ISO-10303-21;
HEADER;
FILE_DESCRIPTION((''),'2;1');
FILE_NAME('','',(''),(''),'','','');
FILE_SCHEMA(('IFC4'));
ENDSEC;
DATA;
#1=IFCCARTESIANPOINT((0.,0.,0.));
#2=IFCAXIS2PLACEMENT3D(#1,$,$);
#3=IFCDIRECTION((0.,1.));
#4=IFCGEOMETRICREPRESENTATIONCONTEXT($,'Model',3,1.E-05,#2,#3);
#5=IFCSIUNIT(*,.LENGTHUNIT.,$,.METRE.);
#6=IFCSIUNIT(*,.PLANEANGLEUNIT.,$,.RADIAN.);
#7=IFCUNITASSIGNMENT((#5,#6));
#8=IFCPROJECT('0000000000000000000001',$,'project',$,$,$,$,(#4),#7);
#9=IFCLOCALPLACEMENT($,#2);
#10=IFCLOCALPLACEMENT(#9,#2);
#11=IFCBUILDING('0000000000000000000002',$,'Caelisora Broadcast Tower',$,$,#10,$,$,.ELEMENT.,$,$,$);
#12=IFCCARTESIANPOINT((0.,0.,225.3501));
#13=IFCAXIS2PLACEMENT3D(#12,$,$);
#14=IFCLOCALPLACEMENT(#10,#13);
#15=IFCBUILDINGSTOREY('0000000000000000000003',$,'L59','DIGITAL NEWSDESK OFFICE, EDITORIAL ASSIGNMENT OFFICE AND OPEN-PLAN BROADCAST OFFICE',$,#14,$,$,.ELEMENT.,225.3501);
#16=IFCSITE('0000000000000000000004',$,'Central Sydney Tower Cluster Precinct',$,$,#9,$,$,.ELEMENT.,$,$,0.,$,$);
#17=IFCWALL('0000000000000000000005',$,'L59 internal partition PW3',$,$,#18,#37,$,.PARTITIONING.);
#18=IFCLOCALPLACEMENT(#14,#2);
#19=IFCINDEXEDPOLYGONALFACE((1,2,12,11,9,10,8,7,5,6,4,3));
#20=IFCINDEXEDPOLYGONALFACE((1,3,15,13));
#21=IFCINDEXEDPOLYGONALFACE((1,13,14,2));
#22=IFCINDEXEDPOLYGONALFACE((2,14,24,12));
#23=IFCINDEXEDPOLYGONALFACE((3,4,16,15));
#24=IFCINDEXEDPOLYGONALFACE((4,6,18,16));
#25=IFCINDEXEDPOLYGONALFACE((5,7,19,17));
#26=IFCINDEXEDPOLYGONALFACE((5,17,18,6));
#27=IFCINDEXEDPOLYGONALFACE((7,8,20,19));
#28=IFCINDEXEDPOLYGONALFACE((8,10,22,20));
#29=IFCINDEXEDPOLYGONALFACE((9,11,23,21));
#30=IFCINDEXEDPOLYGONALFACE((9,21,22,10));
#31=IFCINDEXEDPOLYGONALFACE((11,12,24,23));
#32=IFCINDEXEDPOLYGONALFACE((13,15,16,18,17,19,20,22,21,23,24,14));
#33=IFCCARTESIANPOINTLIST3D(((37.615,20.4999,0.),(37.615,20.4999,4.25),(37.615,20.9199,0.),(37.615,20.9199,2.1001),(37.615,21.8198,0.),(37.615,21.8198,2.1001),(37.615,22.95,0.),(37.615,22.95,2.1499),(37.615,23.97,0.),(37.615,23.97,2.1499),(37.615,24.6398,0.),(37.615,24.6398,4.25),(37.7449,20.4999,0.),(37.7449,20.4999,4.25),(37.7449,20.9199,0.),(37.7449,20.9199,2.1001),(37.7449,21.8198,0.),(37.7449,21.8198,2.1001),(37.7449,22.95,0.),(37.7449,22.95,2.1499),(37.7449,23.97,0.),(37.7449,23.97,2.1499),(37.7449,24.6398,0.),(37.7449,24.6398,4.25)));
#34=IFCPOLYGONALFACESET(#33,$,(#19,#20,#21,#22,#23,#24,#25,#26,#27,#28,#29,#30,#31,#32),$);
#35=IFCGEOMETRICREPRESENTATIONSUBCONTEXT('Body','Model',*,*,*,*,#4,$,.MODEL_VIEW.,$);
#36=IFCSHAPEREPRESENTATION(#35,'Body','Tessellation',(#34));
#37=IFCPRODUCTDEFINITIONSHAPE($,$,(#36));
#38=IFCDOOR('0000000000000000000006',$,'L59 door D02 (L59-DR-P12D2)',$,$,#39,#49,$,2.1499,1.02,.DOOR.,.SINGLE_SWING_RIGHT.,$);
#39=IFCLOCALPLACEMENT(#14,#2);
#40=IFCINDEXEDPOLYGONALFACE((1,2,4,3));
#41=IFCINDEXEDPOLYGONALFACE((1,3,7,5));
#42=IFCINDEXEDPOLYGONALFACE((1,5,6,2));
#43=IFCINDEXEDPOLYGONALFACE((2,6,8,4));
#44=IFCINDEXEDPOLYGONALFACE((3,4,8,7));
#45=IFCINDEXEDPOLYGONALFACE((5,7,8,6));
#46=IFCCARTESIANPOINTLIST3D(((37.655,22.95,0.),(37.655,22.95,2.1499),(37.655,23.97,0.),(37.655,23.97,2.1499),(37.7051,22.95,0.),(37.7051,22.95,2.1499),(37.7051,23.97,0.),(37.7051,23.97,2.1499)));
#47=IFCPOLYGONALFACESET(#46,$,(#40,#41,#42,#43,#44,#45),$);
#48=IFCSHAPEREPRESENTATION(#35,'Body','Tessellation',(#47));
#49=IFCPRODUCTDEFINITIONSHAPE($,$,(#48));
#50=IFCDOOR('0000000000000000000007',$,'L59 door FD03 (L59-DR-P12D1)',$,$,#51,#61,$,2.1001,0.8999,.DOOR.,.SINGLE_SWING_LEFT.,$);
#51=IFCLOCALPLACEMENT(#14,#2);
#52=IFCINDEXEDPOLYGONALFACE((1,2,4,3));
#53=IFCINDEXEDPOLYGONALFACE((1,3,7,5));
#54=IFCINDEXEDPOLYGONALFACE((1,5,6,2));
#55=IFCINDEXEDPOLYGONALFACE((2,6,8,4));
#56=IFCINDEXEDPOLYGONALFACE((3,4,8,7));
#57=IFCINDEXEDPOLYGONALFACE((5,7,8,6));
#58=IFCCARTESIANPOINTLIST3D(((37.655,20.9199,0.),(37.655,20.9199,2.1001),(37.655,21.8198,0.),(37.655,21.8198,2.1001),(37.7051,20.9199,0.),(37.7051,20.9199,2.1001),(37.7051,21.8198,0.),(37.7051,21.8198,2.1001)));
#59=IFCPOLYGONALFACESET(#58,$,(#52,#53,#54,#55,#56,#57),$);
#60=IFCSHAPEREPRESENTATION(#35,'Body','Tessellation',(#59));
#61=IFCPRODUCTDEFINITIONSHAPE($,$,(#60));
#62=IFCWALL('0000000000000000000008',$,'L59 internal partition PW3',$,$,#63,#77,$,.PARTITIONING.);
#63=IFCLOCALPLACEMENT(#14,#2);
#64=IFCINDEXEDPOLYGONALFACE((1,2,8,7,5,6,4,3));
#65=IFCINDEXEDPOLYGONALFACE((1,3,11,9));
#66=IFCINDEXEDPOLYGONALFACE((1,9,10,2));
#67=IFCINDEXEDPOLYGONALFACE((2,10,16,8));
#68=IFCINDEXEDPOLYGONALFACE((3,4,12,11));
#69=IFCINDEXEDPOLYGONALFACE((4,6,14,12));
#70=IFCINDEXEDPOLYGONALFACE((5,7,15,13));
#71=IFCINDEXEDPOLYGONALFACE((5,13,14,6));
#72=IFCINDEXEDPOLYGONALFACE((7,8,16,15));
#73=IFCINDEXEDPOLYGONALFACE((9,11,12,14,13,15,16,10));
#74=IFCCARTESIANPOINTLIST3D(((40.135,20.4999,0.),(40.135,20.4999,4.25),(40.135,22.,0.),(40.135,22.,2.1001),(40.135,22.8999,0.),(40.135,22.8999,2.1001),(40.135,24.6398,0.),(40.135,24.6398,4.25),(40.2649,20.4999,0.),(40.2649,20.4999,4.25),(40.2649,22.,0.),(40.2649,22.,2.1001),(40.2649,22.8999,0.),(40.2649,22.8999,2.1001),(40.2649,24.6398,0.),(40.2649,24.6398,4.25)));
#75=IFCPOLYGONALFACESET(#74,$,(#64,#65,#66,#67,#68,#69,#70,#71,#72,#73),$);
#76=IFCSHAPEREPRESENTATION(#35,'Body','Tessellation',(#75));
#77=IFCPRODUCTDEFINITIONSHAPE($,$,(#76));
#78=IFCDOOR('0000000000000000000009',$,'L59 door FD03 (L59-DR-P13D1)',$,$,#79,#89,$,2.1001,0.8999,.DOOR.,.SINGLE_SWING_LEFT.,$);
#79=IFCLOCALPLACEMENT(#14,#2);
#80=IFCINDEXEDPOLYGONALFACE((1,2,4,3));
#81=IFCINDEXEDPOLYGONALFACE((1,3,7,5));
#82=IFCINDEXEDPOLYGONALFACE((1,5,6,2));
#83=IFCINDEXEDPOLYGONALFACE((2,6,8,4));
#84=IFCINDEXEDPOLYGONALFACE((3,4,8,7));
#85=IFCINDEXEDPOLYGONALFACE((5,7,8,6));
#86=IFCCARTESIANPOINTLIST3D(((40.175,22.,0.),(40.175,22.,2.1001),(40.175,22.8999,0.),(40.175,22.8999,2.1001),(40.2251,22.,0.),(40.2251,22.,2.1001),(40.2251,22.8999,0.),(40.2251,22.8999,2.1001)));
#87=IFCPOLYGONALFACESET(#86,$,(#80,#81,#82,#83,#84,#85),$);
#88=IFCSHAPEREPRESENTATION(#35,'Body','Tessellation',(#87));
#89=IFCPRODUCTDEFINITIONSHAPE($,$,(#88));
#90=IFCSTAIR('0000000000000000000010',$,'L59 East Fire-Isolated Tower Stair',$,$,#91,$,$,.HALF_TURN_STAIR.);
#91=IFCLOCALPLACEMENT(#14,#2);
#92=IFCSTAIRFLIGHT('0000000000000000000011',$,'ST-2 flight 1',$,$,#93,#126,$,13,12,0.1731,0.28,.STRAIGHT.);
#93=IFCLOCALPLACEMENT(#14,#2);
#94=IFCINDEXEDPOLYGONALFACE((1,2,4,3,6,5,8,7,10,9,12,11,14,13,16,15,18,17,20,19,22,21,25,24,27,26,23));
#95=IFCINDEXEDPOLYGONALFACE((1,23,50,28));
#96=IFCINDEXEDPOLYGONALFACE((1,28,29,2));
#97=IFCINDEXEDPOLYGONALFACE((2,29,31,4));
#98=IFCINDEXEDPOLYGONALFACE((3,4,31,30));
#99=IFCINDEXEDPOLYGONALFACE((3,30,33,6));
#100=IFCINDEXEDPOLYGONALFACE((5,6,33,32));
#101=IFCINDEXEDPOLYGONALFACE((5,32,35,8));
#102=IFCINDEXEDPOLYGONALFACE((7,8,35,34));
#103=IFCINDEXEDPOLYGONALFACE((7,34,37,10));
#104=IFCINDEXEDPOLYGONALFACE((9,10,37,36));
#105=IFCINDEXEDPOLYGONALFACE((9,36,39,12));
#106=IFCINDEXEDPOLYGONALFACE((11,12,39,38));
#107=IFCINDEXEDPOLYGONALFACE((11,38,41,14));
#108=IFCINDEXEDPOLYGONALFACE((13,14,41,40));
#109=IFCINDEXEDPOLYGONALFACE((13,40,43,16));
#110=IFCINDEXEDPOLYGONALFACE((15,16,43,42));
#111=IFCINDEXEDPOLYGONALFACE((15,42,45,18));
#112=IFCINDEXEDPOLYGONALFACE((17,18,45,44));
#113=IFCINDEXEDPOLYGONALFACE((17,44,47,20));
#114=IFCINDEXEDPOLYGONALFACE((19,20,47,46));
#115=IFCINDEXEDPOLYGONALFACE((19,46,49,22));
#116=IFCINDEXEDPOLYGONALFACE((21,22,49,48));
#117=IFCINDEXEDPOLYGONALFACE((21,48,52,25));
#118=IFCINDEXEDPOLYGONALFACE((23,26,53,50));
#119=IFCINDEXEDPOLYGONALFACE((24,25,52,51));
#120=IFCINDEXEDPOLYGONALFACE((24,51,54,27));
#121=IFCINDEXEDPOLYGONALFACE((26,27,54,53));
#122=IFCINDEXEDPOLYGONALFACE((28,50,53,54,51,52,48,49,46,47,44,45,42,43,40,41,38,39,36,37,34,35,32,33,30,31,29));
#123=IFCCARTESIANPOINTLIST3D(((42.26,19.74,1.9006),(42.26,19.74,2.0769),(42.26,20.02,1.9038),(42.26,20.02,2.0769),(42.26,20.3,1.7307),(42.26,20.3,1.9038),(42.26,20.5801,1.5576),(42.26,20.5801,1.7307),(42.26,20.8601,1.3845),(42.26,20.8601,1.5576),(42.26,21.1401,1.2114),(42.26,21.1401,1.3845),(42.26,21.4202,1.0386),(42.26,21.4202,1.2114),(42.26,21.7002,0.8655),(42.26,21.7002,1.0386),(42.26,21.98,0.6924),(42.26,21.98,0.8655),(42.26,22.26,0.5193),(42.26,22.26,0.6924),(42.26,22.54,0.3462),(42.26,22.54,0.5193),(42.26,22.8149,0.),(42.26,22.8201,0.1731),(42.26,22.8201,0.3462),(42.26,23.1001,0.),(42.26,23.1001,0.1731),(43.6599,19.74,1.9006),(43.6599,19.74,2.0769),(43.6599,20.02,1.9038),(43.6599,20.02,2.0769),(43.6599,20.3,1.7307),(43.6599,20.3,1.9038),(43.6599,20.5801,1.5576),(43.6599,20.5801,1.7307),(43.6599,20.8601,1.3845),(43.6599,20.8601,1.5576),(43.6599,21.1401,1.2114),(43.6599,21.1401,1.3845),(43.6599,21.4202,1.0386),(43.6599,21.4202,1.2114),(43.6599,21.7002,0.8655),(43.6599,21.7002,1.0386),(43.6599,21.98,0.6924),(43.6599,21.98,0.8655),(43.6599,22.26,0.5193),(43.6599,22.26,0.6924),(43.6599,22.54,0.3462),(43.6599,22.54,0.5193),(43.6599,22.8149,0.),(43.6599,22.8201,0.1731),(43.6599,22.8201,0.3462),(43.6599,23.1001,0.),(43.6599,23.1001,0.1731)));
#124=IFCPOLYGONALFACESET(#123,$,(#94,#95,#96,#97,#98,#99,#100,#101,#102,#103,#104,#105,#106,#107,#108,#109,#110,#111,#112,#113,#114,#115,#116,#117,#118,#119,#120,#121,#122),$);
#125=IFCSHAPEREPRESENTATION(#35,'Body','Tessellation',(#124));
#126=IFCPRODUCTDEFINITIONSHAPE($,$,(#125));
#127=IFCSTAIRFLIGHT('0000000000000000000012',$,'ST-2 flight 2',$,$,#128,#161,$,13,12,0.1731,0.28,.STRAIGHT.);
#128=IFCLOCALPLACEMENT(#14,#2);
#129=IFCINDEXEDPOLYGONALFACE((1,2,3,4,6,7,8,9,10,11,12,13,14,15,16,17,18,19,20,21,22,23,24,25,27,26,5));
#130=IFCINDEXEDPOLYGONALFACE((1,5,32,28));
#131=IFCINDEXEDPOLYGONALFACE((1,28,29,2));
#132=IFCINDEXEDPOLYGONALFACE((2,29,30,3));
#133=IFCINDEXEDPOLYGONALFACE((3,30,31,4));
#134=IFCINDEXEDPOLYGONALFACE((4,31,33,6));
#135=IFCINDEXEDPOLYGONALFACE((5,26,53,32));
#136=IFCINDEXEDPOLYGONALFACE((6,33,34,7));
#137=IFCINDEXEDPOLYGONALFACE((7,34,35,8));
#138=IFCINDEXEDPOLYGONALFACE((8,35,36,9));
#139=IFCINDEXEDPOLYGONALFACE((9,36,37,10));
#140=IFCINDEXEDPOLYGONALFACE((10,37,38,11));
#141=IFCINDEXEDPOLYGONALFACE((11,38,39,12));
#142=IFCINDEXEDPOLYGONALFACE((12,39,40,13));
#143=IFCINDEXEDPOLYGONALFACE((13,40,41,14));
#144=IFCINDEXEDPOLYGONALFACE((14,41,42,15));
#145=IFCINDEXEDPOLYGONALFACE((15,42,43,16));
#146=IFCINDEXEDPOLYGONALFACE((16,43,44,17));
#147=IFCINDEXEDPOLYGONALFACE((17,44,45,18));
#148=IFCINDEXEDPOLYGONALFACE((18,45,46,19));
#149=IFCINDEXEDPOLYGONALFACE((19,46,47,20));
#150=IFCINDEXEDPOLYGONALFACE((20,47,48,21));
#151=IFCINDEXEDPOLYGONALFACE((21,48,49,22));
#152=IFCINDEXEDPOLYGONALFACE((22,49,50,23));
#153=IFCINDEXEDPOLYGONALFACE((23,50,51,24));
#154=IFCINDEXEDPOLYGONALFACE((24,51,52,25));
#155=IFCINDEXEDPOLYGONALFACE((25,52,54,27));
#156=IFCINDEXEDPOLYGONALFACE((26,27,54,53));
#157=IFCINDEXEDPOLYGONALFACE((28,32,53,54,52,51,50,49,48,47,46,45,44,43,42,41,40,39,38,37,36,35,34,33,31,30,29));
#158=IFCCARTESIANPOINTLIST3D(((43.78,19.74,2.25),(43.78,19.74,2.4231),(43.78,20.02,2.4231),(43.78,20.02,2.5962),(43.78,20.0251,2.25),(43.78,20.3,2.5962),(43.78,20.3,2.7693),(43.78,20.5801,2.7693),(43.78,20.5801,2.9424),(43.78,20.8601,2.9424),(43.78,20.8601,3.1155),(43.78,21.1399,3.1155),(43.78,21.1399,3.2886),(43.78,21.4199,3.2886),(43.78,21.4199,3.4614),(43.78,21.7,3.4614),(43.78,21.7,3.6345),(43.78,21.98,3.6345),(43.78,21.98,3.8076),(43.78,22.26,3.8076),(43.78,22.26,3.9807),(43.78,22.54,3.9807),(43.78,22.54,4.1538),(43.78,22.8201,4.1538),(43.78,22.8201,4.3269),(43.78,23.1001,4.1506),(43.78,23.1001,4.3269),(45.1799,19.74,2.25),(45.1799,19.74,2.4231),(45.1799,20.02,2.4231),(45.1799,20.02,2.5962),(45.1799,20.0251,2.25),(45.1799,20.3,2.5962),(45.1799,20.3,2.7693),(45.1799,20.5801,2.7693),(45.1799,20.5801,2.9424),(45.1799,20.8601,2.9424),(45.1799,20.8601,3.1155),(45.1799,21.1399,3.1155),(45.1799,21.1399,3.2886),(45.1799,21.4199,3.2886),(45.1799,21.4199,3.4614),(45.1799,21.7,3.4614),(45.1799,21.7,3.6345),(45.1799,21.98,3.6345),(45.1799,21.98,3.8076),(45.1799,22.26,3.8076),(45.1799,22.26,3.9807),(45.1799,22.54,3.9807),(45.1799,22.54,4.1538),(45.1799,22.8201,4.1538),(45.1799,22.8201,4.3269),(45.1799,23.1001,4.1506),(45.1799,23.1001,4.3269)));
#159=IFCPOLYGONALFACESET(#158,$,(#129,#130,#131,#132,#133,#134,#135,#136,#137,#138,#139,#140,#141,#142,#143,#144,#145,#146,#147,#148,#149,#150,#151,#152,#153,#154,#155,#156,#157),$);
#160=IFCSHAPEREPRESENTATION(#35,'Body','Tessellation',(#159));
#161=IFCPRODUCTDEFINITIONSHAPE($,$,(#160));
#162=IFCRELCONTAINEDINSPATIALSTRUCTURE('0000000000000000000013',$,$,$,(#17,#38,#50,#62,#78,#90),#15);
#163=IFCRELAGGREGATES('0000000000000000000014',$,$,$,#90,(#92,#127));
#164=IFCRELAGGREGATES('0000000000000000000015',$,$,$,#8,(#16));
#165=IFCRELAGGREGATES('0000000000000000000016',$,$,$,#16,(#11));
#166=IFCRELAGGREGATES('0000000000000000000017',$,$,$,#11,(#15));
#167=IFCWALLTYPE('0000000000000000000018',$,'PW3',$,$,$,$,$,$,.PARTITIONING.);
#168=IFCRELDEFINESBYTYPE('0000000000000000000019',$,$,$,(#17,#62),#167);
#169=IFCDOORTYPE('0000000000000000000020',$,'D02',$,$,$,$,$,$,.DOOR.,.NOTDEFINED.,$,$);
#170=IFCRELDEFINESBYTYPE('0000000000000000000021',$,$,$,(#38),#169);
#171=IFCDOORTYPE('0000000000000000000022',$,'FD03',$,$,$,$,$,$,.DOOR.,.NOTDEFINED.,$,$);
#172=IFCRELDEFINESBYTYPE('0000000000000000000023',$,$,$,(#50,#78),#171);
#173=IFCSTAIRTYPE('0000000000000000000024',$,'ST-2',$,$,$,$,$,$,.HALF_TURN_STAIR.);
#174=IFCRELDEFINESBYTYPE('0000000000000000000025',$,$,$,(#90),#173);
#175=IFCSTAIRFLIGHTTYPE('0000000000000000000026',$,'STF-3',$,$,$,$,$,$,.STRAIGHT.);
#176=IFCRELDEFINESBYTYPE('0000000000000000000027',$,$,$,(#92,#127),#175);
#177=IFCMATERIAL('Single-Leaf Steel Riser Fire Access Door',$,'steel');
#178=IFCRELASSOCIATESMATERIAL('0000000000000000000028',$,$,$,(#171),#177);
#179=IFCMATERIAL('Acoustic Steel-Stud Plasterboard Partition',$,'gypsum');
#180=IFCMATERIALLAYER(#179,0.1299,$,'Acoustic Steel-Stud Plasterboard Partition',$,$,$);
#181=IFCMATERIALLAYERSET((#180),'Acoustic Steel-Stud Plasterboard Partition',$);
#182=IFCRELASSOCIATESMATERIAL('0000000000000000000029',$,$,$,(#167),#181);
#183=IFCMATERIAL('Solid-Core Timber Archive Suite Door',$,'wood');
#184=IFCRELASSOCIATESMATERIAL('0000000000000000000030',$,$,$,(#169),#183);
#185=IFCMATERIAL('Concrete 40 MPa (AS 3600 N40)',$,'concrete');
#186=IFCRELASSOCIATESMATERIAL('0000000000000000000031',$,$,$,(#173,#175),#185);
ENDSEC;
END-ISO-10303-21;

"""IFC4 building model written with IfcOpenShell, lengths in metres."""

from ifc_helpers import new_model, si_unit, direction, frame, frame_2d, origin, place, context, subcontext, project, spatial, polyline, rectangle, outline, extrude, material, layer, layer_set, type_object, element, fill, aggregate, save


model = new_model("IFC4")

# Units and contexts
model_context = context("Model", 3, precision=1e-05, world=origin(), true_north=direction((0.0, 1.0)))
body_context = subcontext(model_context, "Body", "Model", "MODEL_VIEW")
ifc_project = project(units=[si_unit("LENGTHUNIT", "METRE"), si_unit("PLANEANGLEUNIT", "RADIAN")], contexts=[model_context])

# Site, building, storey
site_placement = place(None, origin())
site = spatial("IfcSite", under=ifc_project, at=site_placement, Name="Central Sydney Tower Cluster Precinct", CompositionType="ELEMENT", RefElevation=0.0)
building_placement = place(site_placement, origin())
building = spatial("IfcBuilding", under=site, at=building_placement, Name="Caelisora Broadcast Tower", CompositionType="ELEMENT")
storey_placement = place(building_placement, frame((0.0, 0.0, 225.3501)))
storey = spatial("IfcBuildingStorey", under=building, at=storey_placement, Name="L59", Description="DIGITAL NEWSDESK OFFICE, EDITORIAL ASSIGNMENT OFFICE AND OPEN-PLAN BROADCAST OFFICE", CompositionType="ELEMENT", Elevation=225.3501)

# Shared definitions
ifc_material_1 = material(Name="Single-Leaf Steel Riser Fire Access Door", Category="steel")
door_type_1 = type_object("IfcDoorType", Name="FD03", OperationType="NOTDEFINED", PredefinedType="DOOR", material=ifc_material_1)

# Wall, openings, doors
ifc_material_2 = material(Name="Acoustic Steel-Stud Plasterboard Partition", Category="gypsum")
ifc_layer_1 = layer(ifc_material_2, 0.1299, Name="Acoustic Steel-Stud Plasterboard Partition")
ifc_layer_set_1 = layer_set([ifc_layer_1], Name="Acoustic Steel-Stud Plasterboard Partition")
wall_type_1 = type_object("IfcWallType", Name="PW3", PredefinedType="PARTITIONING", material=ifc_layer_set_1)
wall_1_placement = place(storey_placement, frame((37.6799, 20.5, 0.0), z_axis=(0.0, 0.0, 1.0), x_axis=(0.0, 1.0, 0.0)))
wall_1 = element("IfcWall", 1, at=wall_1_placement, inside=storey, type_object=wall_type_1, Name="L59 internal partition PW3", PredefinedType="PARTITIONING", context=body_context, shape_type="SweptSolid", body=[
    extrude(rectangle(XDim=4.1399, YDim=0.1299, at=frame_2d((2.0698, 0.0))), origin(), (0.0, 0.0, 1.0), 4.25),
])
opening_1_placement = place(wall_1_placement, frame((0.4199, 0.0, 0.0)))
opening_1 = element("IfcOpeningElement", 2, at=opening_1_placement, cuts=wall_1, PredefinedType="OPENING", context=body_context, shape_type="SweptSolid", body=[
    extrude(rectangle(XDim=0.8999, YDim=2.1001, at=frame_2d((0.45, 1.05))), frame((0.0, 0.0769, 0.0), z_axis=(0.0, -1.0, 0.0), x_axis=(1.0, 0.0, 0.0)), (0.0, 0.0, 1.0), 0.1538),
])
opening_2_placement = place(wall_1_placement, frame((2.45, 0.0, 0.0)))
opening_2 = element("IfcOpeningElement", 3, at=opening_2_placement, cuts=wall_1, PredefinedType="OPENING", context=body_context, shape_type="SweptSolid", body=[
    extrude(rectangle(XDim=1.02, YDim=2.1499, at=frame_2d((0.51, 1.075))), frame((0.0, 0.0769, 0.0), z_axis=(0.0, -1.0, 0.0), x_axis=(1.0, 0.0, 0.0)), (0.0, 0.0, 1.0), 0.1538),
])
ifc_material_3 = material(Name="Solid-Core Timber Archive Suite Door", Category="wood")
door_type_2 = type_object("IfcDoorType", Name="D02", OperationType="NOTDEFINED", PredefinedType="DOOR", material=ifc_material_3)
door_1_placement = place(opening_2_placement, origin())
door_1 = element("IfcDoor", 4, at=door_1_placement, inside=storey, type_object=door_type_2, Name="L59 door D02 (L59-DR-P12D2)", OperationType="SINGLE_SWING_RIGHT", OverallHeight=2.1499, OverallWidth=1.02, PredefinedType="DOOR", context=body_context, shape_type="SweptSolid", body=[
    extrude(rectangle(XDim=1.02, YDim=2.1499, at=frame_2d((0.51, 1.075))), frame((0.0, 0.0249, 0.0), z_axis=(0.0, -1.0, 0.0), x_axis=(1.0, 0.0, 0.0)), (0.0, 0.0, 1.0), 0.05),
])
fill(opening_2, door_1)
door_2_placement = place(opening_1_placement, origin())
door_2 = element("IfcDoor", 5, at=door_2_placement, inside=storey, type_object=door_type_1, Name="L59 door FD03 (L59-DR-P12D1)", OperationType="SINGLE_SWING_LEFT", OverallHeight=2.1001, OverallWidth=0.8999, PredefinedType="DOOR", context=body_context, shape_type="SweptSolid", body=[
    extrude(rectangle(XDim=0.8999, YDim=2.1001, at=frame_2d((0.45, 1.05))), frame((0.0, 0.0249, 0.0), z_axis=(0.0, -1.0, 0.0), x_axis=(1.0, 0.0, 0.0)), (0.0, 0.0, 1.0), 0.05),
])
fill(opening_1, door_2)

# Wall, opening, door
wall_2_placement = place(storey_placement, frame((40.2, 20.5, 0.0), z_axis=(0.0, 0.0, 1.0), x_axis=(0.0, 1.0, 0.0)))
wall_2 = element("IfcWall", 6, at=wall_2_placement, inside=storey, type_object=wall_type_1, Name="L59 internal partition PW3", PredefinedType="PARTITIONING", context=body_context, shape_type="SweptSolid", body=[
    extrude(rectangle(XDim=4.1399, YDim=0.1299, at=frame_2d((2.0698, 0.0))), origin(), (0.0, 0.0, 1.0), 4.25),
])
opening_3_placement = place(wall_2_placement, frame((1.5, 0.0, 0.0)))
opening_3 = element("IfcOpeningElement", 7, at=opening_3_placement, cuts=wall_2, PredefinedType="OPENING", context=body_context, shape_type="SweptSolid", body=[
    extrude(rectangle(XDim=0.8999, YDim=2.1001, at=frame_2d((0.45, 1.05))), frame((0.0, 0.0769, 0.0), z_axis=(0.0, -1.0, 0.0), x_axis=(1.0, 0.0, 0.0)), (0.0, 0.0, 1.0), 0.1538),
])
door_3_placement = place(opening_3_placement, origin())
door_3 = element("IfcDoor", 8, at=door_3_placement, inside=storey, type_object=door_type_1, Name="L59 door FD03 (L59-DR-P13D1)", OperationType="SINGLE_SWING_LEFT", OverallHeight=2.1001, OverallWidth=0.8999, PredefinedType="DOOR", context=body_context, shape_type="SweptSolid", body=[
    extrude(rectangle(XDim=0.8999, YDim=2.1001, at=frame_2d((0.45, 1.05))), frame((0.0, 0.0249, 0.0), z_axis=(0.0, -1.0, 0.0), x_axis=(1.0, 0.0, 0.0)), (0.0, 0.0, 1.0), 0.05),
])
fill(opening_3, door_3)

# Stair, stair flights
ifc_material_4 = material(Name="Concrete 40 MPa (AS 3600 N40)", Category="concrete")
stair_type = type_object("IfcStairType", Name="ST-2", PredefinedType="HALF_TURN_STAIR", material=ifc_material_4)
stair_placement = place(storey_placement, origin())
stair = element("IfcStair", 9, at=stair_placement, inside=storey, type_object=stair_type, Name="L59 East Fire-Isolated Tower Stair", PredefinedType="HALF_TURN_STAIR")
stair_flight_type = type_object("IfcStairFlightType", Name="STF-3", PredefinedType="STRAIGHT", material=ifc_material_4)
stair_flight_1_placement = place(storey_placement, frame((42.96, 23.1001, 0.0), z_axis=(0.0, 0.0, 1.0), x_axis=(0.0, -1.0, 0.0)))
stair_flight_1 = element("IfcStairFlight", 10, at=stair_flight_1_placement, type_object=stair_flight_type, Name="ST-2 flight 1", NumberOfRisers=13, NumberOfTreads=12, PredefinedType="STRAIGHT", RiserHeight=0.1731, TreadLength=0.28, context=body_context, shape_type="SweptSolid", body=[
    extrude(outline(polyline([(0.0, 0.0), (0.0, 0.1731), (0.28, 0.1731), (0.28, 0.3462), (0.5601, 0.3462), (0.5601, 0.5193), (0.8401, 0.5193), (0.8401, 0.6924), (1.1201, 0.6924), (1.1201, 0.8655), (1.3999, 0.8655), (1.3999, 1.0386), (1.6799, 1.0386), (1.6799, 1.2114), (1.96, 1.2114), (1.96, 1.3845), (2.24, 1.3845), (2.24, 1.5576), (2.52, 1.5576), (2.52, 1.7307), (2.8, 1.7307), (2.8, 1.9038), (3.0801, 1.9038), (3.0801, 2.0769), (3.3601, 2.0769), (3.3601, 2.25), (3.3601, 1.9006), (0.2852, 0.0), (0.0, 0.0)])), frame((0.0, 0.7, 0.0), z_axis=(0.0, -1.0, 0.0), x_axis=(1.0, 0.0, 0.0)), (0.0, 0.0, 1.0), 1.3999),
])
stair_flight_2_placement = place(storey_placement, frame((44.48, 19.74, 2.25), z_axis=(0.0, 0.0, 1.0), x_axis=(0.0, 1.0, 0.0)))
stair_flight_2 = element("IfcStairFlight", 11, at=stair_flight_2_placement, type_object=stair_flight_type, Name="ST-2 flight 2", NumberOfRisers=13, NumberOfTreads=12, PredefinedType="STRAIGHT", RiserHeight=0.1731, TreadLength=0.28, context=body_context, shape_type="SweptSolid", body=[
    extrude(outline(polyline([(0.0, 0.0), (0.0, 0.1731), (0.28, 0.1731), (0.28, 0.3462), (0.5601, 0.3462), (0.5601, 0.5193), (0.8401, 0.5193), (0.8401, 0.6924), (1.1201, 0.6924), (1.1201, 0.8655), (1.3999, 0.8655), (1.3999, 1.0386), (1.6799, 1.0386), (1.6799, 1.2114), (1.96, 1.2114), (1.96, 1.3845), (2.24, 1.3845), (2.24, 1.5576), (2.52, 1.5576), (2.52, 1.7307), (2.8, 1.7307), (2.8, 1.9038), (3.0801, 1.9038), (3.0801, 2.0769), (3.3601, 2.0769), (3.3601, 2.25), (3.3601, 1.9006), (0.2852, 0.0), (0.0, 0.0)])), frame((0.0, 0.7, 0.0), z_axis=(0.0, -1.0, 0.0), x_axis=(1.0, 0.0, 0.0)), (0.0, 0.0, 1.0), 1.3999),
])
aggregate(stair, [stair_flight_1, stair_flight_2])

save(model, "model.ifc")
